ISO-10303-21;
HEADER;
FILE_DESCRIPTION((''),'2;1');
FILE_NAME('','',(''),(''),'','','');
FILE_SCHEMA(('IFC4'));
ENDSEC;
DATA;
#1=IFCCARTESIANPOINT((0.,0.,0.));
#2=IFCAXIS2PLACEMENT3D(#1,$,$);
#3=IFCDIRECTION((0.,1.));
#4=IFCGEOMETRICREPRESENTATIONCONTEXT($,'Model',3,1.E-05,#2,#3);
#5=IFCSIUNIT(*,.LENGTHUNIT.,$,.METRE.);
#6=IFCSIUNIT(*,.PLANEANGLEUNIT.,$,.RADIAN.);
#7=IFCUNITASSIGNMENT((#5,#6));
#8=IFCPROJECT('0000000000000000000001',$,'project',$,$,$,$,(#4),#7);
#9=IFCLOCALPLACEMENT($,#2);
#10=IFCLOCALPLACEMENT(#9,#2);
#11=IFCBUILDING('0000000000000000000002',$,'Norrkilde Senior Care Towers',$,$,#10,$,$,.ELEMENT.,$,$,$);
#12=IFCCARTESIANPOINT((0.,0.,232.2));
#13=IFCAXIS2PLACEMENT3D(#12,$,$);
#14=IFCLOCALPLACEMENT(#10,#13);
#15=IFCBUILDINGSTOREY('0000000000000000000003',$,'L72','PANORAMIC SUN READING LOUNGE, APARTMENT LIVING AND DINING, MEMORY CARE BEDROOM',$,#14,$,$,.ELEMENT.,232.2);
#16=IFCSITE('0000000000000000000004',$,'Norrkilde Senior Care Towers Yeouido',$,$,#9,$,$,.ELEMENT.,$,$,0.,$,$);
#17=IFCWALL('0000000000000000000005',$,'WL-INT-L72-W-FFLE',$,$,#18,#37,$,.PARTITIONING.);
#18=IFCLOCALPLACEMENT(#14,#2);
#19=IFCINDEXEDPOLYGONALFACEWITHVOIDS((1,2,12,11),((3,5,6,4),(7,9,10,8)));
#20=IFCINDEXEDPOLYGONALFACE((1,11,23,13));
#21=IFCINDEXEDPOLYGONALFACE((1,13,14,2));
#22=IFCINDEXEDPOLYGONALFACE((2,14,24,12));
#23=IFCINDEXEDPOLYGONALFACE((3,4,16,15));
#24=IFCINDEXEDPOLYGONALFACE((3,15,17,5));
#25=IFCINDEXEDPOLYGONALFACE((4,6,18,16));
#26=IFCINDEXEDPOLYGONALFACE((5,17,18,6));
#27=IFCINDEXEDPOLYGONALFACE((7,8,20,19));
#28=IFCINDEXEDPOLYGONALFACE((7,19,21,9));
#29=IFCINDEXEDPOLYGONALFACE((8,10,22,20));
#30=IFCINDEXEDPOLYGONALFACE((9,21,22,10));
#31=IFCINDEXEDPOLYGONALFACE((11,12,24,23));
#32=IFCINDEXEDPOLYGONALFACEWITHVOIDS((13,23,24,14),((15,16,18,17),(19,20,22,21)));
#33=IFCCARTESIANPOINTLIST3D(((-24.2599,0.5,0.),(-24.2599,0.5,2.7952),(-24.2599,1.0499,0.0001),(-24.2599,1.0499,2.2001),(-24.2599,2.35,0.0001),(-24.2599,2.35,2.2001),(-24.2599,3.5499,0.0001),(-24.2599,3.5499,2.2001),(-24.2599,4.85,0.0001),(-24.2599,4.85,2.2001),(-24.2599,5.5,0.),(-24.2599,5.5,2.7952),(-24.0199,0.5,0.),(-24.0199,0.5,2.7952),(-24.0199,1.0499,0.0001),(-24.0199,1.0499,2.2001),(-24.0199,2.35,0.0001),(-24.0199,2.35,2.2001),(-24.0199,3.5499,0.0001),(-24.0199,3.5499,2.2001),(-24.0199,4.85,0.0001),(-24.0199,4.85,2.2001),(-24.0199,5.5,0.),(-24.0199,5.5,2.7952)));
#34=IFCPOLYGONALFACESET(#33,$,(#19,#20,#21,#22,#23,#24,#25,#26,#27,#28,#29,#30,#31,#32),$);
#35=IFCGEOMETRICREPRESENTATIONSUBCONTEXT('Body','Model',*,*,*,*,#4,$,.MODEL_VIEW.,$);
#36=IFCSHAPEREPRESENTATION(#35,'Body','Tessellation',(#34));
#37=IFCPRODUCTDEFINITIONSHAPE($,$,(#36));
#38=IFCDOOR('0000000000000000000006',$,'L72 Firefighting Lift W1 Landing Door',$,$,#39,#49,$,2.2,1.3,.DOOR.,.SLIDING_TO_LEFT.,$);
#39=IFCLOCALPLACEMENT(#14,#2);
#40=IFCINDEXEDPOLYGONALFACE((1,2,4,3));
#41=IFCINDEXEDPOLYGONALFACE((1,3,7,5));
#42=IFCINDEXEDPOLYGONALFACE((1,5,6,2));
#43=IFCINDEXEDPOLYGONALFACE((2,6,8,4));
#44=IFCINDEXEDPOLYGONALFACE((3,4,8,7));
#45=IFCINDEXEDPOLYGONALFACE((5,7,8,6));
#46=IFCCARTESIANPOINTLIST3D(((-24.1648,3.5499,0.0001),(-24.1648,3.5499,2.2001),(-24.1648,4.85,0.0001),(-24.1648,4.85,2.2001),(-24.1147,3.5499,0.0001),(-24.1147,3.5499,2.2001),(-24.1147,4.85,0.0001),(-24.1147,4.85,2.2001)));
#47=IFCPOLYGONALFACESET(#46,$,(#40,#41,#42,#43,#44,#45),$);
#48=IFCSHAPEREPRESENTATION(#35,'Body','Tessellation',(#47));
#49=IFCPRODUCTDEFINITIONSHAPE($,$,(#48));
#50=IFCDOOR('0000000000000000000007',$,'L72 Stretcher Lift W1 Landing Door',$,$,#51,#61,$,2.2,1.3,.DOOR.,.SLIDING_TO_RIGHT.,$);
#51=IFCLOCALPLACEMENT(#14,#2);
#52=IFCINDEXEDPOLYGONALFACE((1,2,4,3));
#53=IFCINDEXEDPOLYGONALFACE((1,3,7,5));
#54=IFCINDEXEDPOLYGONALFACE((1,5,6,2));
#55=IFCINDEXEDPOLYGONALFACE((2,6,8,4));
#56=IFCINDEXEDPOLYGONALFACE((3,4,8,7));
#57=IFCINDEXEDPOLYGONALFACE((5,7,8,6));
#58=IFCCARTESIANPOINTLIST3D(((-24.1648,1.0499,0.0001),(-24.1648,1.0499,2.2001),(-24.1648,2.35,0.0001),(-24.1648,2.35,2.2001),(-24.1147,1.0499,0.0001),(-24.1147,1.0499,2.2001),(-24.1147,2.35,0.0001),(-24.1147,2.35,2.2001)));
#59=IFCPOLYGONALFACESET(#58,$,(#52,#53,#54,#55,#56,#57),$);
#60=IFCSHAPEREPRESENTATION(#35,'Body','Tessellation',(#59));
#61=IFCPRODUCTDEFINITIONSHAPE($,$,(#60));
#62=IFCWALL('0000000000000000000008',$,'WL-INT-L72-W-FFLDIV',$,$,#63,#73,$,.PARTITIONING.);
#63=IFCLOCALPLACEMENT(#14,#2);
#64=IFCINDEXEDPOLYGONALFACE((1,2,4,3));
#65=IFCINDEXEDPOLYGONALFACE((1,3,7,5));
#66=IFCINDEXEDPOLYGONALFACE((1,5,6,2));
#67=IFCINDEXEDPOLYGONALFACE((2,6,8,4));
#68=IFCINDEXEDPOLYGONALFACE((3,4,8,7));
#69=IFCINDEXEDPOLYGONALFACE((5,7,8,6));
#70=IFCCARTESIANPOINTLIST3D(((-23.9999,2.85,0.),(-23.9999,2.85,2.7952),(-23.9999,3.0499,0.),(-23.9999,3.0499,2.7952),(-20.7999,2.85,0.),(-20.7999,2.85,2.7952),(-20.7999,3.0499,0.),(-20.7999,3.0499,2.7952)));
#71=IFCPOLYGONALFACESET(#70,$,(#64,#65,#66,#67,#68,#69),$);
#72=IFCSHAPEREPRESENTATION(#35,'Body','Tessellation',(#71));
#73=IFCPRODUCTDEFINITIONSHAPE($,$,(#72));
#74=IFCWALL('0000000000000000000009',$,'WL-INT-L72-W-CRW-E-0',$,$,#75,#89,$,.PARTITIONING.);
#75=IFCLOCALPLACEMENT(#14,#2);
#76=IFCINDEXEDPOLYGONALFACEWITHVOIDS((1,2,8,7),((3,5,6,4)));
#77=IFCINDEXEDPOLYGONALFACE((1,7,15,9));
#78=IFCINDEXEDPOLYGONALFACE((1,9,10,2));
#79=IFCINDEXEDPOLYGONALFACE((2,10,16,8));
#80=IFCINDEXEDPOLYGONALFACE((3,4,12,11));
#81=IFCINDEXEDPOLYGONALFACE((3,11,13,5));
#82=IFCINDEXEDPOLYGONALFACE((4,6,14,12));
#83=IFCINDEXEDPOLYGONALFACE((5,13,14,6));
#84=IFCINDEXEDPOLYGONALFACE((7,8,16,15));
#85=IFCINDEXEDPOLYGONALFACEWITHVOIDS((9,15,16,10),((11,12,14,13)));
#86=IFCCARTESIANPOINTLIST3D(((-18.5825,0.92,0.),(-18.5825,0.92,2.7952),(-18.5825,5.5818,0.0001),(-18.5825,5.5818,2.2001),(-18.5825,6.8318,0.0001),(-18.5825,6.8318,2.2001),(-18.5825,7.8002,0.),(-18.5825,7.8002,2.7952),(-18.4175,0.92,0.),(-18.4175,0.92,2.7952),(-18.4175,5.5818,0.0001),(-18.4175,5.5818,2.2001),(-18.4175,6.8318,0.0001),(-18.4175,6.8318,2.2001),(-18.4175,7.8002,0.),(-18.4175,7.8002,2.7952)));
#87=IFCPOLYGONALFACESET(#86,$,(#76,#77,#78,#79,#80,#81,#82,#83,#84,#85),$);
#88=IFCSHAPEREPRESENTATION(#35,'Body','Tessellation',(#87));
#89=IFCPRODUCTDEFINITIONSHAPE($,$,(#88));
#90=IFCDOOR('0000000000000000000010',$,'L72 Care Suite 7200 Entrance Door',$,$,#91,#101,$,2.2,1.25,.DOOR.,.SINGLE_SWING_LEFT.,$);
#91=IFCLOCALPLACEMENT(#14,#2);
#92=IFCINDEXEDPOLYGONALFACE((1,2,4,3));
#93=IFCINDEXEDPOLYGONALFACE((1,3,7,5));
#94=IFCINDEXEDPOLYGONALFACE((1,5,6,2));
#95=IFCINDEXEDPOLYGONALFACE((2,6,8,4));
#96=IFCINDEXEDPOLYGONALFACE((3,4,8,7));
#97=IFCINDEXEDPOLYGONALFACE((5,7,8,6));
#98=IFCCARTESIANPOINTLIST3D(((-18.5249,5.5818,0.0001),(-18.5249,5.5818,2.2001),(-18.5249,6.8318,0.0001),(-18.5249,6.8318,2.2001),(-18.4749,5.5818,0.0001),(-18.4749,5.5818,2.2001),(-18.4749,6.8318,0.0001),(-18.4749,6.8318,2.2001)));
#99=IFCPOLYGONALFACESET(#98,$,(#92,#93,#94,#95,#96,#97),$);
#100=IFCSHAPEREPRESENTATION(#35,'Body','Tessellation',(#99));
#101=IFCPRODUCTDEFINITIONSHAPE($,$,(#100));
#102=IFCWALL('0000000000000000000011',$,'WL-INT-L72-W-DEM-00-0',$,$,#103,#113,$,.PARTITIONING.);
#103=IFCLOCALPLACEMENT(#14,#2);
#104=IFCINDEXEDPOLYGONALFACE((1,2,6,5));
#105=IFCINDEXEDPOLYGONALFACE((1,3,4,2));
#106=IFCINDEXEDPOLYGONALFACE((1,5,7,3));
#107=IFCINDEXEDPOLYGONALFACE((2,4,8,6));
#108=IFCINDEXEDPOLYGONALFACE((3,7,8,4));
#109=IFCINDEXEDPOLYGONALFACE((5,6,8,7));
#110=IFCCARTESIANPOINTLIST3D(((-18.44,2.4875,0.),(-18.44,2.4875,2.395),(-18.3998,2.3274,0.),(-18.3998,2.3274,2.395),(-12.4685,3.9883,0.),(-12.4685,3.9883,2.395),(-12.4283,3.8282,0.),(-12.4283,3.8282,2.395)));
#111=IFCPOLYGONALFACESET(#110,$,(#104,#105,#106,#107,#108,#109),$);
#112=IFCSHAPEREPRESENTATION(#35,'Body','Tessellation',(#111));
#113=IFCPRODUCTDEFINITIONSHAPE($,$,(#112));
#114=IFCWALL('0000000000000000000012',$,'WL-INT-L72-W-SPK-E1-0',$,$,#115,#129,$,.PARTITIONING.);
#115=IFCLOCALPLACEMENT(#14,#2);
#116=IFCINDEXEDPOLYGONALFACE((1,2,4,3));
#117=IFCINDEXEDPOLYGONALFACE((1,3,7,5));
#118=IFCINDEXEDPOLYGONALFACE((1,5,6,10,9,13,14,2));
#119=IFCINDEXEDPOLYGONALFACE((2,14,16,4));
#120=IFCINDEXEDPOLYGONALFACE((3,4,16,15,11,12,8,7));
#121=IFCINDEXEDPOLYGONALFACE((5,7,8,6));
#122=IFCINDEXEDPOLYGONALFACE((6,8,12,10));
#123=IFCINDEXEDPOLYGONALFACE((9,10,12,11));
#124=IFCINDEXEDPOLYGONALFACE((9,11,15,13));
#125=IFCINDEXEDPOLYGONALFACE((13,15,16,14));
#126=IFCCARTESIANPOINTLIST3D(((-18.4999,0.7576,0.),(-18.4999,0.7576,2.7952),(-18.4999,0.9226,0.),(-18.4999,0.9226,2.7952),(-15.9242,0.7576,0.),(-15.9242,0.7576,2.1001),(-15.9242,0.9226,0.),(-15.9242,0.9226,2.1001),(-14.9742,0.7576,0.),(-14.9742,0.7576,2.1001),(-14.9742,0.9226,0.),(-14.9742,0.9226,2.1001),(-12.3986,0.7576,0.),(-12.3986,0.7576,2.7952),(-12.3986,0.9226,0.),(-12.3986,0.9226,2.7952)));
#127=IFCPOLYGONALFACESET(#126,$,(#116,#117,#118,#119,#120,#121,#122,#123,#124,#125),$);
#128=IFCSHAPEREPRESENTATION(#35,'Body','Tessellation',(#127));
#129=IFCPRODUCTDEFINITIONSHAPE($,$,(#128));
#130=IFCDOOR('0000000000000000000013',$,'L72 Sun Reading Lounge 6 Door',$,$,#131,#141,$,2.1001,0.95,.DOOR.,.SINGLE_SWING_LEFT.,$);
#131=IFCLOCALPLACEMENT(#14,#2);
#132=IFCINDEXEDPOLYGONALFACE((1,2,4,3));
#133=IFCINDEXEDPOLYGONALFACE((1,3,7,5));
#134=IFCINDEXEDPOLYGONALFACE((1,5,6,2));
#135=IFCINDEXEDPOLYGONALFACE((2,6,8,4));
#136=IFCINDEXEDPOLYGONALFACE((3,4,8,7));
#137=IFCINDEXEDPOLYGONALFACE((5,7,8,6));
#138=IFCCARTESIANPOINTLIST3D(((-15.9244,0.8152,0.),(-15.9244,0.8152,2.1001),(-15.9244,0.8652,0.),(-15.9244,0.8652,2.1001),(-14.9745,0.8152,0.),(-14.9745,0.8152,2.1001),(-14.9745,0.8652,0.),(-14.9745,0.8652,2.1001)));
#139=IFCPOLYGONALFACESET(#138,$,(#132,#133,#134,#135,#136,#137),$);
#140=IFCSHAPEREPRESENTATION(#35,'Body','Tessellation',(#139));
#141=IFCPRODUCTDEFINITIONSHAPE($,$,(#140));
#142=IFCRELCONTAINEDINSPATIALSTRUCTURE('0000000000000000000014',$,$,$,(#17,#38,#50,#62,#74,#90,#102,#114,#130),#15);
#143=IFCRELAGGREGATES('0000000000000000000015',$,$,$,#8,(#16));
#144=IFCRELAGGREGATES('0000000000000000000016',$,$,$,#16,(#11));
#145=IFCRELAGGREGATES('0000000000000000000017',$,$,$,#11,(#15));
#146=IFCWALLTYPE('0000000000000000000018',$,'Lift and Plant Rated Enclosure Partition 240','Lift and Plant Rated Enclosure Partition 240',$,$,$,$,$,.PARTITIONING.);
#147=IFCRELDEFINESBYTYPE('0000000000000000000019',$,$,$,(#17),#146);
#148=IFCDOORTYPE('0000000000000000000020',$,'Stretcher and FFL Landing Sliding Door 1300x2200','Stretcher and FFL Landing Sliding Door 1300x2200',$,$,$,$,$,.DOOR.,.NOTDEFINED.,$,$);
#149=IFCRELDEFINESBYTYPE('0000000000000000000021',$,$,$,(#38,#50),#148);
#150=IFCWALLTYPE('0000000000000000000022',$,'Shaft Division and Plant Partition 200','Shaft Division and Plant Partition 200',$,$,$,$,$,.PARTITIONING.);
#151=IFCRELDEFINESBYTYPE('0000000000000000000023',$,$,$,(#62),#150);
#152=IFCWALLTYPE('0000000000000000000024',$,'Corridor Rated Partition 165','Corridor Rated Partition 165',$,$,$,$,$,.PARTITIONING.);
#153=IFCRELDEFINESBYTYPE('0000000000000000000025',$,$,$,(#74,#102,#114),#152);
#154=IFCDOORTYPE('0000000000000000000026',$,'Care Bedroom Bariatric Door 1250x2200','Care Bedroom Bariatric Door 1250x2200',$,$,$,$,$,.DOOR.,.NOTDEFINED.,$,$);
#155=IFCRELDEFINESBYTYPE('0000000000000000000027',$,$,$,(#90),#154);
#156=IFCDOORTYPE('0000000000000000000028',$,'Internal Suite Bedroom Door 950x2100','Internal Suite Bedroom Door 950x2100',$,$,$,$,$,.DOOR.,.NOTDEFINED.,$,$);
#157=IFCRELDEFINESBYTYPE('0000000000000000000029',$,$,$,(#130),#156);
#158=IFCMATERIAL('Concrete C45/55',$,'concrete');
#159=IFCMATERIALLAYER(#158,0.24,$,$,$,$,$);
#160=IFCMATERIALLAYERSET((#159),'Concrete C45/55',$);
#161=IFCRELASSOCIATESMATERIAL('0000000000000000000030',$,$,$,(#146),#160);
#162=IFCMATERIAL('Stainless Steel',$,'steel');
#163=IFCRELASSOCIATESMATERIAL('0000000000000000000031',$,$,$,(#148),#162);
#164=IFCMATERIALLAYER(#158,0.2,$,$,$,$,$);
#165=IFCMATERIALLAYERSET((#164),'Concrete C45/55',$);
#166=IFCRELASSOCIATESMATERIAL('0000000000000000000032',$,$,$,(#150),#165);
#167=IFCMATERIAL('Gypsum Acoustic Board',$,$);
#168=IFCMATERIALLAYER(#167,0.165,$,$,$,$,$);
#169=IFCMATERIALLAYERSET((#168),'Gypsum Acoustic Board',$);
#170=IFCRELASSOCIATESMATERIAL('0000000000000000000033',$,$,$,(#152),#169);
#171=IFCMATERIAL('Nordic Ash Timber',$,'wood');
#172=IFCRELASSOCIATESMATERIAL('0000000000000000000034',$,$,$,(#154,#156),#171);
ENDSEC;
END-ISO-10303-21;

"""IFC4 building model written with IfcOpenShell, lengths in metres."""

from ifc_helpers import new_model, si_unit, direction, frame, frame_2d, origin, place, context, subcontext, project, spatial, rectangle, extrude, source, transform, mapped, material, layer, layer_set, type_object, type_shapes, element, fill, save


model = new_model("IFC4")

# Units and contexts
model_context = context("Model", 3, precision=1e-05, world=origin(), true_north=direction((0.0, 1.0)))
body_context = subcontext(model_context, "Body", "Model", "MODEL_VIEW")
ifc_project = project(units=[si_unit("LENGTHUNIT", "METRE"), si_unit("PLANEANGLEUNIT", "RADIAN")], contexts=[model_context])

# Site, building, storey
site_placement = place(None, origin())
site = spatial("IfcSite", under=ifc_project, at=site_placement, Name="Norrkilde Senior Care Towers Yeouido", CompositionType="ELEMENT", RefElevation=0.0)
building_placement = place(site_placement, origin())
building = spatial("IfcBuilding", under=site, at=building_placement, Name="Norrkilde Senior Care Towers", CompositionType="ELEMENT")
storey_placement = place(building_placement, frame((0.0, 0.0, 232.2)))
storey = spatial("IfcBuildingStorey", under=building, at=storey_placement, Name="L72", Description="PANORAMIC SUN READING LOUNGE, APARTMENT LIVING AND DINING, MEMORY CARE BEDROOM", CompositionType="ELEMENT", Elevation=232.2)

# Wall, openings, doors
ifc_material_1 = material(Name="Concrete C45/55", Category="concrete")
ifc_layer_1 = layer(ifc_material_1, 0.24)
ifc_layer_set_1 = layer_set([ifc_layer_1], Name="Concrete C45/55")
wall_type_1 = type_object("IfcWallType", Name="Lift and Plant Rated Enclosure Partition 240", Description="Lift and Plant Rated Enclosure Partition 240", PredefinedType="PARTITIONING", material=ifc_layer_set_1)
shared_shape_1 = source(origin(), body_context, "Body", "SweptSolid", [
    extrude(rectangle(XDim=5.0, YDim=0.24, at=frame_2d((2.5, 0.0))), origin(), (0.0, 0.0, 1.0), 2.7952),
])
type_shapes(wall_type_1, [shared_shape_1])
wall_1_placement = place(storey_placement, frame((-24.1399, 0.5, 0.0), z_axis=(0.0, 0.0, 1.0), x_axis=(0.0, 1.0, 0.0)))
wall_1 = element("IfcWall", 1, at=wall_1_placement, inside=storey, type_object=wall_type_1, Name="WL-INT-L72-W-FFLE", PredefinedType="PARTITIONING", context=body_context, shape_type="MappedRepresentation", body=[
    mapped(shared_shape_1, transform((0.0, 0.0, 0.0), x_axis=(1.0, 0.0, 0.0), y_axis=(0.0, 1.0, 0.0), z_axis=(0.0, 0.0, 1.0), scale=1.0)),
])
opening_1_placement = place(wall_1_placement, frame((3.05, 0.0, 0.0)))
opening_1 = element("IfcOpeningElement", 2, at=opening_1_placement, cuts=wall_1, PredefinedType="OPENING", context=body_context, shape_type="SweptSolid", body=[
    extrude(rectangle(XDim=1.3, YDim=2.2, at=frame_2d((0.6499, 1.1001))), frame((0.0, 0.1299, 0.0), z_axis=(0.0, -1.0, 0.0), x_axis=(1.0, 0.0, 0.0)), (0.0, 0.0, 1.0), 0.26),
])
opening_2_placement = place(wall_1_placement, frame((0.55, 0.0, 0.0)))
opening_2 = element("IfcOpeningElement", 3, at=opening_2_placement, cuts=wall_1, PredefinedType="OPENING", context=body_context, shape_type="SweptSolid", body=[
    extrude(rectangle(XDim=1.3, YDim=2.2, at=frame_2d((0.6499, 1.1001))), frame((0.0, 0.1299, 0.0), z_axis=(0.0, -1.0, 0.0), x_axis=(1.0, 0.0, 0.0)), (0.0, 0.0, 1.0), 0.26),
])
ifc_material_2 = material(Name="Stainless Steel", Category="steel")
door_type_1 = type_object("IfcDoorType", Name="Stretcher and FFL Landing Sliding Door 1300x2200", Description="Stretcher and FFL Landing Sliding Door 1300x2200", OperationType="NOTDEFINED", PredefinedType="DOOR", material=ifc_material_2)
shared_shape_2 = source(origin(), body_context, "Body", "SweptSolid", [
    extrude(rectangle(XDim=1.3, YDim=2.2, at=frame_2d((0.6499, 1.1001))), frame((0.0, 0.0249, 0.0), z_axis=(0.0, -1.0, 0.0), x_axis=(1.0, 0.0, 0.0)), (0.0, 0.0, 1.0), 0.05),
])
type_shapes(door_type_1, [shared_shape_2])
door_1_placement = place(opening_1_placement, origin())
door_1 = element("IfcDoor", 4, at=door_1_placement, inside=storey, type_object=door_type_1, Name="L72 Firefighting Lift W1 Landing Door", OperationType="SLIDING_TO_LEFT", OverallHeight=2.2, OverallWidth=1.3, PredefinedType="DOOR", context=body_context, shape_type="MappedRepresentation", body=[
    mapped(shared_shape_2, transform((0.0, 0.0, 0.0), x_axis=(1.0, 0.0, 0.0), y_axis=(0.0, 1.0, 0.0), z_axis=(0.0, 0.0, 1.0), scale=1.0)),
])
fill(opening_1, door_1)
door_2_placement = place(opening_2_placement, origin())
door_2 = element("IfcDoor", 5, at=door_2_placement, inside=storey, type_object=door_type_1, Name="L72 Stretcher Lift W1 Landing Door", OperationType="SLIDING_TO_RIGHT", OverallHeight=2.2, OverallWidth=1.3, PredefinedType="DOOR", context=body_context, shape_type="MappedRepresentation", body=[
    mapped(shared_shape_2, transform((0.0, 0.0, 0.0), x_axis=(1.0, 0.0, 0.0), y_axis=(0.0, 1.0, 0.0), z_axis=(0.0, 0.0, 1.0), scale=1.0)),
])
fill(opening_2, door_2)

# Wall
ifc_layer_2 = layer(ifc_material_1, 0.2)
ifc_layer_set_2 = layer_set([ifc_layer_2], Name="Concrete C45/55")
wall_type_2 = type_object("IfcWallType", Name="Shaft Division and Plant Partition 200", Description="Shaft Division and Plant Partition 200", PredefinedType="PARTITIONING", material=ifc_layer_set_2)
shared_shape_3 = source(origin(), body_context, "Body", "SweptSolid", [
    extrude(rectangle(XDim=3.2, YDim=0.2, at=frame_2d((1.6001, 0.0))), origin(), (0.0, 0.0, 1.0), 2.7952),
])
type_shapes(wall_type_2, [shared_shape_3])
wall_2_placement = place(storey_placement, frame((-24.0, 2.95, 0.0), z_axis=(0.0, 0.0, 1.0), x_axis=(1.0, 0.0, 0.0)))
element("IfcWall", 6, at=wall_2_placement, inside=storey, type_object=wall_type_2, Name="WL-INT-L72-W-FFLDIV", PredefinedType="PARTITIONING", context=body_context, shape_type="MappedRepresentation", body=[
    mapped(shared_shape_3, transform((0.0, 0.0, 0.0), x_axis=(1.0, 0.0, 0.0), y_axis=(0.0, 1.0, 0.0), z_axis=(0.0, 0.0, 1.0), scale=1.0)),
])

# Wall, opening, door
ifc_material_3 = material(Name="Gypsum Acoustic Board")
ifc_layer_3 = layer(ifc_material_3, 0.165)
ifc_layer_set_3 = layer_set([ifc_layer_3], Name="Gypsum Acoustic Board")
wall_type_3 = type_object("IfcWallType", Name="Corridor Rated Partition 165", Description="Corridor Rated Partition 165", PredefinedType="PARTITIONING", material=ifc_layer_set_3)
shared_shape_4 = source(origin(), body_context, "Body", "SweptSolid", [
    extrude(rectangle(XDim=6.8801, YDim=0.165, at=frame_2d((3.4399, 0.0))), origin(), (0.0, 0.0, 1.0), 2.7952),
])
wall_3_placement = place(storey_placement, frame((-18.5, 7.8, 0.0), z_axis=(0.0, 0.0, 1.0), x_axis=(0.0, -1.0, 0.0)))
wall_3 = element("IfcWall", 7, at=wall_3_placement, inside=storey, type_object=wall_type_3, Name="WL-INT-L72-W-CRW-E-0", PredefinedType="PARTITIONING", context=body_context, shape_type="MappedRepresentation", body=[
    mapped(shared_shape_4, transform((0.0, 0.0, 0.0), x_axis=(1.0, 0.0, 0.0), y_axis=(0.0, 1.0, 0.0), z_axis=(0.0, 0.0, 1.0), scale=1.0)),
])
opening_3_placement = place(wall_3_placement, frame((0.9683, 0.0, 0.0)))
opening_3 = element("IfcOpeningElement", 8, at=opening_3_placement, cuts=wall_3, PredefinedType="OPENING", context=body_context, shape_type="SweptSolid", body=[
    extrude(rectangle(XDim=1.25, YDim=2.2, at=frame_2d((0.625, 1.1001))), frame((0.0, 0.0925, 0.0), z_axis=(0.0, -1.0, 0.0), x_axis=(1.0, 0.0, 0.0)), (0.0, 0.0, 1.0), 0.1851),
])
ifc_material_4 = material(Name="Nordic Ash Timber", Category="wood")
door_type_2 = type_object("IfcDoorType", Name="Care Bedroom Bariatric Door 1250x2200", Description="Care Bedroom Bariatric Door 1250x2200", OperationType="NOTDEFINED", PredefinedType="DOOR", material=ifc_material_4)
shared_shape_5 = source(origin(), body_context, "Body", "SweptSolid", [
    extrude(rectangle(XDim=1.25, YDim=2.2, at=frame_2d((0.625, 1.1001))), frame((0.0, 0.0249, 0.0), z_axis=(0.0, -1.0, 0.0), x_axis=(1.0, 0.0, 0.0)), (0.0, 0.0, 1.0), 0.05),
])
type_shapes(door_type_2, [shared_shape_5])
door_3_placement = place(opening_3_placement, frame((1.25, 0.0, 0.0), z_axis=(0.0, 0.0, 1.0), x_axis=(-1.0, 0.0, 0.0)))
door_3 = element("IfcDoor", 9, at=door_3_placement, inside=storey, type_object=door_type_2, Name="L72 Care Suite 7200 Entrance Door", OperationType="SINGLE_SWING_LEFT", OverallHeight=2.2, OverallWidth=1.25, PredefinedType="DOOR", context=body_context, shape_type="MappedRepresentation", body=[
    mapped(shared_shape_5, transform((0.0, 0.0, 0.0), x_axis=(1.0, 0.0, 0.0), y_axis=(0.0, 1.0, 0.0), z_axis=(0.0, 0.0, 1.0), scale=1.0)),
])
fill(opening_3, door_3)

# Wall
shared_shape_6 = source(origin(), body_context, "Body", "SweptSolid", [
    extrude(rectangle(XDim=6.1572, YDim=0.165, at=frame_2d((3.0786, 0.0))), origin(), (0.0, 0.0, 1.0), 2.395),
])
wall_4_placement = place(storey_placement, frame((-18.4199, 2.4075, 0.0), z_axis=(0.0, 0.0, 1.0), x_axis=(0.969841, 0.243739, 0.0)))
element("IfcWall", 10, at=wall_4_placement, inside=storey, type_object=wall_type_3, Name="WL-INT-L72-W-DEM-00-0", PredefinedType="PARTITIONING", context=body_context, shape_type="MappedRepresentation", body=[
    mapped(shared_shape_6, transform((0.0, 0.0, 0.0), x_axis=(1.0, 0.0, 0.0), y_axis=(0.0, 1.0, 0.0), z_axis=(0.0, 0.0, 1.0), scale=1.0)),
])

# Wall, opening, door
shared_shape_7 = source(origin(), body_context, "Body", "SweptSolid", [
    extrude(rectangle(XDim=6.1013, YDim=0.165, at=frame_2d((3.0508, 0.0))), origin(), (0.0, 0.0, 1.0), 2.7952),
])
type_shapes(wall_type_3, [shared_shape_4, shared_shape_6, shared_shape_7])
wall_5_placement = place(storey_placement, frame((-18.5, 0.8401, 0.0), z_axis=(0.0, 0.0, 1.0), x_axis=(1.0, 0.0, 0.0)))
wall_5 = element("IfcWall", 11, at=wall_5_placement, inside=storey, type_object=wall_type_3, Name="WL-INT-L72-W-SPK-E1-0", PredefinedType="PARTITIONING", context=body_context, shape_type="MappedRepresentation", body=[
    mapped(shared_shape_7, transform((0.0, 0.0, 0.0), x_axis=(1.0, 0.0, 0.0), y_axis=(0.0, 1.0, 0.0), z_axis=(0.0, 0.0, 1.0), scale=1.0)),
])
opening_4_placement = place(wall_5_placement, frame((2.5757, 0.0, 0.0)))
opening_4 = element("IfcOpeningElement", 12, at=opening_4_placement, cuts=wall_5, PredefinedType="OPENING", context=body_context, shape_type="SweptSolid", body=[
    extrude(rectangle(XDim=0.95, YDim=2.1001, at=frame_2d((0.4751, 1.05))), frame((0.0, 0.0925, 0.0), z_axis=(0.0, -1.0, 0.0), x_axis=(1.0, 0.0, 0.0)), (0.0, 0.0, 1.0), 0.1851),
])
door_type_3 = type_object("IfcDoorType", Name="Internal Suite Bedroom Door 950x2100", Description="Internal Suite Bedroom Door 950x2100", OperationType="NOTDEFINED", PredefinedType="DOOR", material=ifc_material_4)
shared_shape_8 = source(origin(), body_context, "Body", "SweptSolid", [
    extrude(rectangle(XDim=0.95, YDim=2.1001, at=frame_2d((0.4751, 1.05))), frame((0.0, 0.0249, 0.0), z_axis=(0.0, -1.0, 0.0), x_axis=(1.0, 0.0, 0.0)), (0.0, 0.0, 1.0), 0.05),
])
type_shapes(door_type_3, [shared_shape_8])
door_4_placement = place(opening_4_placement, frame((0.95, 0.0, 0.0), z_axis=(0.0, 0.0, 1.0), x_axis=(-1.0, 0.0, 0.0)))
door_4 = element("IfcDoor", 13, at=door_4_placement, inside=storey, type_object=door_type_3, Name="L72 Sun Reading Lounge 6 Door", OperationType="SINGLE_SWING_LEFT", OverallHeight=2.1001, OverallWidth=0.95, PredefinedType="DOOR", context=body_context, shape_type="MappedRepresentation", body=[
    mapped(shared_shape_8, transform((0.0, 0.0, 0.0), x_axis=(1.0, 0.0, 0.0), y_axis=(0.0, 1.0, 0.0), z_axis=(0.0, 0.0, 1.0), scale=1.0)),
])
fill(opening_4, door_4)

save(model, "model.ifc")
